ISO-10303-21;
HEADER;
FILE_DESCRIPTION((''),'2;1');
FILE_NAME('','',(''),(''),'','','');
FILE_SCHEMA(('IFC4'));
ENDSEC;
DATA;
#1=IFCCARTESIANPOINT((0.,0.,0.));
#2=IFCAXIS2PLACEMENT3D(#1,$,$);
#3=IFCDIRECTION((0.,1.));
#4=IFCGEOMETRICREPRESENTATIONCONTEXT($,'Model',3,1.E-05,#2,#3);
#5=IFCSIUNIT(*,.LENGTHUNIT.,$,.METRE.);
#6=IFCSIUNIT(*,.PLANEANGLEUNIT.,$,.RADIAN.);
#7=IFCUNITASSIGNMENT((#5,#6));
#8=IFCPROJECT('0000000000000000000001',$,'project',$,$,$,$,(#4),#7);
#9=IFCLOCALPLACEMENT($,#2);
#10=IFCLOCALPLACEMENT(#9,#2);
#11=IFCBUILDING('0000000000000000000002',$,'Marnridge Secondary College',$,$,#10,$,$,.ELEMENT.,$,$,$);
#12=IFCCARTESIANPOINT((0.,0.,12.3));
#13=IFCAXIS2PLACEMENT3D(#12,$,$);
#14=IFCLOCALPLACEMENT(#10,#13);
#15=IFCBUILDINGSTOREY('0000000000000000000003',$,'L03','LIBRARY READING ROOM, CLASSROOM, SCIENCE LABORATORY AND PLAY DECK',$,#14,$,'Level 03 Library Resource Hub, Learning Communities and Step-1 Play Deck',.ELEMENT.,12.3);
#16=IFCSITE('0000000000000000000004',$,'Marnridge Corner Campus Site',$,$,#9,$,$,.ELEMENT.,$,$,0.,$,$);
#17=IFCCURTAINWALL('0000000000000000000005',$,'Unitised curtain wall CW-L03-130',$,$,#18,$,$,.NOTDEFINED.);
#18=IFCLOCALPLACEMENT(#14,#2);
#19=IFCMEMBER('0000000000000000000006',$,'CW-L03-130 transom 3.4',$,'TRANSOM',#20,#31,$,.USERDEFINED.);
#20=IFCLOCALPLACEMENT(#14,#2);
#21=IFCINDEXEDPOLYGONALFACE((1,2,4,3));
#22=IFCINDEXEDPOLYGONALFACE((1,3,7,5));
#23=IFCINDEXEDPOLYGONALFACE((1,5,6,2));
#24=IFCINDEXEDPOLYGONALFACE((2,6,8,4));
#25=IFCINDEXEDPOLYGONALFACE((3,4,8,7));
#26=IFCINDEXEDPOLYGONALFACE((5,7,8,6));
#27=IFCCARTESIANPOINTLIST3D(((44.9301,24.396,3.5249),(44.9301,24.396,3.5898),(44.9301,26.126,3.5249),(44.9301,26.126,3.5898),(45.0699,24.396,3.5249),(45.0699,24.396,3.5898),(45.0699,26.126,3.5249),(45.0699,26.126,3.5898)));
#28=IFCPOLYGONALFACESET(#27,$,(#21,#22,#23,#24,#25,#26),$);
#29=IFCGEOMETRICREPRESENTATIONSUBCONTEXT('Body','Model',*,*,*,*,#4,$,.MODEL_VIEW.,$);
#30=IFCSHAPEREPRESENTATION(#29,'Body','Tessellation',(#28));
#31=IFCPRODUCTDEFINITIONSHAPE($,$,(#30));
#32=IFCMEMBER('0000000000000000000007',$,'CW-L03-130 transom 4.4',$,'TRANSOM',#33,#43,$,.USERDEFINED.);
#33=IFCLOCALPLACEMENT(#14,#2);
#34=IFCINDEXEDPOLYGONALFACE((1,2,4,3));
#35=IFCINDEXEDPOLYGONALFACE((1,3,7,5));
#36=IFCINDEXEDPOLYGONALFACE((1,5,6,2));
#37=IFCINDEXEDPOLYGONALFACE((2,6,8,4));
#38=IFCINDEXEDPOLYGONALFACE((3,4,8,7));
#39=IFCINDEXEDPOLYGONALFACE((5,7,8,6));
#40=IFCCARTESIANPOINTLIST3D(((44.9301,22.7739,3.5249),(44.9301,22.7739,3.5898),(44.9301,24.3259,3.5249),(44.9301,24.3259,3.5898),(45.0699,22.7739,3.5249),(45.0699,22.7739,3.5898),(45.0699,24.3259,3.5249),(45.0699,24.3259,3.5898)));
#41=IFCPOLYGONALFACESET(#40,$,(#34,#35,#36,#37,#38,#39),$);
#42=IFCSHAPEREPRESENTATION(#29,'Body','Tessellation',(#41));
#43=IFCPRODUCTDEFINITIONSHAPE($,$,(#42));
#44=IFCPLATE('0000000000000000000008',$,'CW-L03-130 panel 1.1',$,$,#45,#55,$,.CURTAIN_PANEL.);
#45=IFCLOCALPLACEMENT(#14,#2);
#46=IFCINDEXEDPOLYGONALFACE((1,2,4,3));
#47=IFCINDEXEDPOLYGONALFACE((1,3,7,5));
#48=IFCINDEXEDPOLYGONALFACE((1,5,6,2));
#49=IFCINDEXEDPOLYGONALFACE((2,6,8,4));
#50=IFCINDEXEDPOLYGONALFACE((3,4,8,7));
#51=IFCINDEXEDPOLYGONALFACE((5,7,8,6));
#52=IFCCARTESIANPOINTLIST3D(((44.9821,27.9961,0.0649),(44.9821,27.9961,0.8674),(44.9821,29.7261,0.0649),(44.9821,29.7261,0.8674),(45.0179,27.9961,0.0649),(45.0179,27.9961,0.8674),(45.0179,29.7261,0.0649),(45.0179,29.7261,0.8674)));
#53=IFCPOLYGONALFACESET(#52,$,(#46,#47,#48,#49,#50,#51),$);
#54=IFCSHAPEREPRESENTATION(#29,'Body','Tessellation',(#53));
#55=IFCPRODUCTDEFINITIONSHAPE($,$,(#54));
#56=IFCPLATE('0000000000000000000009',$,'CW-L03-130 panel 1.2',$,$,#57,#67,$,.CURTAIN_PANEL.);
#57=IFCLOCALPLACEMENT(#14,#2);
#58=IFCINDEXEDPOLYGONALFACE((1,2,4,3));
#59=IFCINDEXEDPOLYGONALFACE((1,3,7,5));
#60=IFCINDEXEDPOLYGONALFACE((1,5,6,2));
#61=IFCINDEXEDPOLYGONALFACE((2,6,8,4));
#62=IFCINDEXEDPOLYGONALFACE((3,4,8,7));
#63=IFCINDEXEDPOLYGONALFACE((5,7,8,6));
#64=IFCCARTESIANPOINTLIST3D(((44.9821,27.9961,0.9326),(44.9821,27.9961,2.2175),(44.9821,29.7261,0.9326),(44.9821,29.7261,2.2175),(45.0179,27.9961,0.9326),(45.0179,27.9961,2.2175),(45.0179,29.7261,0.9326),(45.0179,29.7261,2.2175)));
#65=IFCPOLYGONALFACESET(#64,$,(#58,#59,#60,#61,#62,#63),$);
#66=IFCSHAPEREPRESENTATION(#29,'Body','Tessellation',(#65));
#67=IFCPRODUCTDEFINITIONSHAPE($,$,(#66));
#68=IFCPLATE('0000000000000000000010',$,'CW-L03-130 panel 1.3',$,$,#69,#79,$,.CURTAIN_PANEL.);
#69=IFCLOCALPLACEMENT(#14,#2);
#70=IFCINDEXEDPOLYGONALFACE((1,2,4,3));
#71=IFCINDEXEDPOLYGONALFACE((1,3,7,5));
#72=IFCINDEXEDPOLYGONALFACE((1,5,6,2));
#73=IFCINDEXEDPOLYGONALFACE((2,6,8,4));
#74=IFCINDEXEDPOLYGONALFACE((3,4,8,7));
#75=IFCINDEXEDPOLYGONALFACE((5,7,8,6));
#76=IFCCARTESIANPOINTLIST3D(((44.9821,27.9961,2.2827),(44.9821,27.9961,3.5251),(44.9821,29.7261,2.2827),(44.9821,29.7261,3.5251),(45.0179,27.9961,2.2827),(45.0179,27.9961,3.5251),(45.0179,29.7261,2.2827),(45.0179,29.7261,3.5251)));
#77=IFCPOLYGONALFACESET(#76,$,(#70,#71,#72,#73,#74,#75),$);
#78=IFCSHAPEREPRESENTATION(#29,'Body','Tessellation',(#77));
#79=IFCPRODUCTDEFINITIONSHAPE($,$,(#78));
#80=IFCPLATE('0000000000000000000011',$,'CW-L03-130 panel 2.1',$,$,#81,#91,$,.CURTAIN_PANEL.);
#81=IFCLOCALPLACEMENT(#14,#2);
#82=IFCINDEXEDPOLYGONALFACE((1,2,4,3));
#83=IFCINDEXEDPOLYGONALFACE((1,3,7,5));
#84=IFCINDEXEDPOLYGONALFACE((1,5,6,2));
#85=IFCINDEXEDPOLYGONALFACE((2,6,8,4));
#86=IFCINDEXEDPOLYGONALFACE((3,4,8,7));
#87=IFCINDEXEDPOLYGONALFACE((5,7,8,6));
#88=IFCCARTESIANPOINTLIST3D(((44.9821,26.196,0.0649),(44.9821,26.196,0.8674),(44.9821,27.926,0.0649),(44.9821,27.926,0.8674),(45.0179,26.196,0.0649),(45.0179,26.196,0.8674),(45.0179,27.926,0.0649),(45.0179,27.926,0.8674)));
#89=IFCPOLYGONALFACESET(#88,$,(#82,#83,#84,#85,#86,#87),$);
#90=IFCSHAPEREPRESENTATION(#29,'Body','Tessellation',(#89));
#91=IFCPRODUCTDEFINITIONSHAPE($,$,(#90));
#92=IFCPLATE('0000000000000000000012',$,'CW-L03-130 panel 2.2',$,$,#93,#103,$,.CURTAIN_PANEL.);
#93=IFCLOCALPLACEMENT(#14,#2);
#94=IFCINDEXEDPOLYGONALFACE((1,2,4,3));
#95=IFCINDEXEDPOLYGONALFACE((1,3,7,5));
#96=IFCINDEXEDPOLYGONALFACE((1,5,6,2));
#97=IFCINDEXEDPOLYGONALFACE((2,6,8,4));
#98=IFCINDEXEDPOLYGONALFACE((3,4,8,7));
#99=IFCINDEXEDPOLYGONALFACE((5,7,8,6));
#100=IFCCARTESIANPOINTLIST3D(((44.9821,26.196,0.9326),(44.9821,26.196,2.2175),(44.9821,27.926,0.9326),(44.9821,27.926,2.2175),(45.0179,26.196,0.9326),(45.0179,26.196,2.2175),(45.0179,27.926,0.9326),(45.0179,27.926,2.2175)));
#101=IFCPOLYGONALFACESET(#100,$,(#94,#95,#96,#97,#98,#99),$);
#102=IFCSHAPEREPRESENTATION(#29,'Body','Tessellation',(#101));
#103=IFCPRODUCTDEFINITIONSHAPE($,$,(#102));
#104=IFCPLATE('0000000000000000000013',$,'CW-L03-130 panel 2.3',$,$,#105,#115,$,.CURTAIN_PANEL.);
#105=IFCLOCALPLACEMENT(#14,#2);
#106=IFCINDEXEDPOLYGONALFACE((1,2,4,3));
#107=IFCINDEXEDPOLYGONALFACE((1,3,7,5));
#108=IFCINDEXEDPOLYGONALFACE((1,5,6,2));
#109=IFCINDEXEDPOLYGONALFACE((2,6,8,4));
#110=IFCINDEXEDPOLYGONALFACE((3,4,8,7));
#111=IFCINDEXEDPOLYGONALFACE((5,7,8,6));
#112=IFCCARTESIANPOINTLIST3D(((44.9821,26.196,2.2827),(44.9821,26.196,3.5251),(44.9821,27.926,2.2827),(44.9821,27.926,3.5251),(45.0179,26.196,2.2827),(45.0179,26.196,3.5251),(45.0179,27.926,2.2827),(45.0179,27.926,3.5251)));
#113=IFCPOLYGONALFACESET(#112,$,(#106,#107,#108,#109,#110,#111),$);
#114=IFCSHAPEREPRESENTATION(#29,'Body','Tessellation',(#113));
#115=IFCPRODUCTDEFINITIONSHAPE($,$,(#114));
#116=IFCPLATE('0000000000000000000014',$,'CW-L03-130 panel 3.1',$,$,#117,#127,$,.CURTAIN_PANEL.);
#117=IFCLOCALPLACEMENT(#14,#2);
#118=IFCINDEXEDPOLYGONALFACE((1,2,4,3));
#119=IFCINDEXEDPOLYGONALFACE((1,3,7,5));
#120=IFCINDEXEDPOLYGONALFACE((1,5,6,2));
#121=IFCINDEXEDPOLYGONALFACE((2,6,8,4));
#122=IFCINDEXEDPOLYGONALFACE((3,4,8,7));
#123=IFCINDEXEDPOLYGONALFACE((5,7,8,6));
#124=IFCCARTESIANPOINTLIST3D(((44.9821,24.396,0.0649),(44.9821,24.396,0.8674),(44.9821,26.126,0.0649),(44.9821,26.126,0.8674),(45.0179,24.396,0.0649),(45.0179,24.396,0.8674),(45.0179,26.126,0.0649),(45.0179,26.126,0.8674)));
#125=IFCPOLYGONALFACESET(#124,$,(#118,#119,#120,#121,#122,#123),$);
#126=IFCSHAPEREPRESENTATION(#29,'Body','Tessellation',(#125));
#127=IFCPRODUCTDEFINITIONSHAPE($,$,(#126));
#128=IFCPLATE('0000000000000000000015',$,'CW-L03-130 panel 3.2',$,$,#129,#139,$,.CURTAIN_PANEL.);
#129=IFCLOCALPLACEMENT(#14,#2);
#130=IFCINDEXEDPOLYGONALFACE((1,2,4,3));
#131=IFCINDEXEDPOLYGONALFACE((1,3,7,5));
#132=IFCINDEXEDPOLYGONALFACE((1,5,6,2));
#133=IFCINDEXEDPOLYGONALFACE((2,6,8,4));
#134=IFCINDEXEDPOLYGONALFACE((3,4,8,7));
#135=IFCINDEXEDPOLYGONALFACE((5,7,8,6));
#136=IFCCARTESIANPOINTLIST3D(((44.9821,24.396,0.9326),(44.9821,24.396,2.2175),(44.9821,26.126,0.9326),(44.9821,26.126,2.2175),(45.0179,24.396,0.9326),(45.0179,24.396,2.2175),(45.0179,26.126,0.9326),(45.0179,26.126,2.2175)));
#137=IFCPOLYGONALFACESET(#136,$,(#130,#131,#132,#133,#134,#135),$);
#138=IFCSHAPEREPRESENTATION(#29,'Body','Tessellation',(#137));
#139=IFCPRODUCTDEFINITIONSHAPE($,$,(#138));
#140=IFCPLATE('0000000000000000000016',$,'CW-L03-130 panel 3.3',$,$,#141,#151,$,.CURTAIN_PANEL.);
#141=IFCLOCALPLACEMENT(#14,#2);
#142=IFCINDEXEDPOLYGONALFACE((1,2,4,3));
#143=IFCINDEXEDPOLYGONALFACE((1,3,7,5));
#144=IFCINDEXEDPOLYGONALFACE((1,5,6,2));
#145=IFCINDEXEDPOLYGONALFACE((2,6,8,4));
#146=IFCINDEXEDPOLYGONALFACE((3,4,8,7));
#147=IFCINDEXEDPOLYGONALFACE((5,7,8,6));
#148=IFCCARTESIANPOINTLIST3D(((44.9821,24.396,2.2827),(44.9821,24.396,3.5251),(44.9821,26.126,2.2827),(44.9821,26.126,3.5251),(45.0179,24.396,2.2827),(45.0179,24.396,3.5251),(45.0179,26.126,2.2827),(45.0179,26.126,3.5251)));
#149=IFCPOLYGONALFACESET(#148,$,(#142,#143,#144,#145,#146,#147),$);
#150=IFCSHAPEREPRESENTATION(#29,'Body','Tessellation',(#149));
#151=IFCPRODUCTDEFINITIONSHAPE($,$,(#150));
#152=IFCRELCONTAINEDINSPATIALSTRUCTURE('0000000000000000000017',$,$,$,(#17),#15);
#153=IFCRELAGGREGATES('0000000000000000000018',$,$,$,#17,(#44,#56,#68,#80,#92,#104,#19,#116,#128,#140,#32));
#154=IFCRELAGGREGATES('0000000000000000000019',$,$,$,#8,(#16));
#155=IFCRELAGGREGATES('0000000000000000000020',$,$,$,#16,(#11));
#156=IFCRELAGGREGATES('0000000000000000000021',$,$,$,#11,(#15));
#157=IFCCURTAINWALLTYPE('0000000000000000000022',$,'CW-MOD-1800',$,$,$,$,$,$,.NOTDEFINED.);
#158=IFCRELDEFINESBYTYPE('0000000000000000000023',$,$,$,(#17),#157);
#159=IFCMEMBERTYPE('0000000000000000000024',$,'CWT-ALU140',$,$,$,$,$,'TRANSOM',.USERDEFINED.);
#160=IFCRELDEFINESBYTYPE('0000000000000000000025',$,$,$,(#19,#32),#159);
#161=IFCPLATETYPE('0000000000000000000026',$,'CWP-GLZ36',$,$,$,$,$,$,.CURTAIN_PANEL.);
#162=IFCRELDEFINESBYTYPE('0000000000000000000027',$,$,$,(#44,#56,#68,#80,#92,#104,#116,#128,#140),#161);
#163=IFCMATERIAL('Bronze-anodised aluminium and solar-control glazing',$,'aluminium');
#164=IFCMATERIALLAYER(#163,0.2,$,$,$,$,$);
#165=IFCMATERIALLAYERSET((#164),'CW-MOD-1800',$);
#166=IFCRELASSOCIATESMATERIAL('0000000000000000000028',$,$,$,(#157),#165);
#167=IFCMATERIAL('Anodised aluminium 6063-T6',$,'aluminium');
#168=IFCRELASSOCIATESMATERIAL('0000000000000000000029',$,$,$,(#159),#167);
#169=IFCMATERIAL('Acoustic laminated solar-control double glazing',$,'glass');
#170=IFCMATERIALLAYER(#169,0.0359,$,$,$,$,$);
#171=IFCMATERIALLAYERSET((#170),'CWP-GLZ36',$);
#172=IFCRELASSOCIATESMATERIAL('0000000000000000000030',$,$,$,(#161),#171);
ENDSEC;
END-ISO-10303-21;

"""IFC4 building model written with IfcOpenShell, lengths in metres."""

from ifc_helpers import new_model, si_unit, direction, frame, origin, origin_2d, place, context, subcontext, project, spatial, rectangle, extrude, material, layer, layer_set, material_profile, profile_set, type_object, element, aggregate, save


model = new_model("IFC4")

# Units and contexts
model_context = context("Model", 3, precision=1e-05, world=origin(), true_north=direction((0.0, 1.0)))
body_context = subcontext(model_context, "Body", "Model", "MODEL_VIEW")
ifc_project = project(units=[si_unit("LENGTHUNIT", "METRE"), si_unit("PLANEANGLEUNIT", "RADIAN")], contexts=[model_context])

# Site, building, storey
site_placement = place(None, origin())
site = spatial("IfcSite", under=ifc_project, at=site_placement, Name="Marnridge Corner Campus Site", CompositionType="ELEMENT", RefElevation=0.0)
building_placement = place(site_placement, origin())
building = spatial("IfcBuilding", under=site, at=building_placement, Name="Marnridge Secondary College", CompositionType="ELEMENT")
storey_placement = place(building_placement, frame((0.0, 0.0, 12.3)))
storey = spatial("IfcBuildingStorey", under=building, at=storey_placement, Name="L03", Description="LIBRARY READING ROOM, CLASSROOM, SCIENCE LABORATORY AND PLAY DECK", LongName="Level 03 Library Resource Hub, Learning Communities and Step-1 Play Deck", CompositionType="ELEMENT", Elevation=12.3)

# Curtain wall, members, plates
ifc_material_1 = material(Name="Bronze-anodised aluminium and solar-control glazing", Category="aluminium")
ifc_layer_1 = layer(ifc_material_1, 0.2)
ifc_layer_set_1 = layer_set([ifc_layer_1], Name="CW-MOD-1800")
curtain_wall_type = type_object("IfcCurtainWallType", Name="CW-MOD-1800", PredefinedType="NOTDEFINED", material=ifc_layer_set_1)
curtain_wall_placement = place(storey_placement, origin())
curtain_wall = element("IfcCurtainWall", 1, at=curtain_wall_placement, inside=storey, type_object=curtain_wall_type, Name="Unitised curtain wall CW-L03-130", PredefinedType="NOTDEFINED")
ifc_material_2 = material(Name="Anodised aluminium 6063-T6", Category="aluminium")
ifc_material_profile_1 = material_profile(ifc_material_2, rectangle(XDim=0.0649, YDim=0.1399, at=origin_2d()), Name="ALU 65x140")
ifc_profile_set_1 = profile_set([ifc_material_profile_1], Name="Anodised aluminium 6063-T6")
member_type_1 = type_object("IfcMemberType", Name="CWT-ALU140", ElementType="TRANSOM", PredefinedType="USERDEFINED", material=ifc_profile_set_1)
member_1_placement = place(storey_placement, frame((45.0, 26.126, 3.5574), z_axis=(0.0, -1.0, 0.0), x_axis=(0.0, 0.0, 1.0)))
member_1 = element("IfcMember", 2, at=member_1_placement, type_object=member_type_1, Name="CW-L03-130 transom 3.4", ObjectType="TRANSOM", PredefinedType="USERDEFINED", context=body_context, shape_type="SweptSolid", body=[
    extrude(rectangle(XDim=0.0649, YDim=0.1399, at=origin_2d()), origin(), (0.0, 0.0, 1.0), 1.73),
])
member_2_placement = place(storey_placement, frame((45.0, 24.3259, 3.5574), z_axis=(0.0, -1.0, 0.0), x_axis=(0.0, 0.0, 1.0)))
member_2 = element("IfcMember", 3, at=member_2_placement, type_object=member_type_1, Name="CW-L03-130 transom 4.4", ObjectType="TRANSOM", PredefinedType="USERDEFINED", context=body_context, shape_type="SweptSolid", body=[
    extrude(rectangle(XDim=0.0649, YDim=0.1399, at=origin_2d()), origin(), (0.0, 0.0, 1.0), 1.552),
])
ifc_material_3 = material(Name="Acoustic laminated solar-control double glazing", Category="glass")
ifc_layer_2 = layer(ifc_material_3, 0.0359)
ifc_layer_set_2 = layer_set([ifc_layer_2], Name="CWP-GLZ36")
plate_type = type_object("IfcPlateType", Name="CWP-GLZ36", PredefinedType="CURTAIN_PANEL", material=ifc_layer_set_2)
plate_1_placement = place(storey_placement, frame((45.0, 28.8611, 0.0649), z_axis=(0.0, 0.0, 1.0), x_axis=(0.0, -1.0, 0.0)))
plate_1 = element("IfcPlate", 4, at=plate_1_placement, type_object=plate_type, Name="CW-L03-130 panel 1.1", PredefinedType="CURTAIN_PANEL", context=body_context, shape_type="SweptSolid", body=[
    extrude(rectangle(XDim=1.73, YDim=0.0359, at=origin_2d()), origin(), (0.0, 0.0, 1.0), 0.8025),
])
plate_2_placement = place(storey_placement, frame((45.0, 28.8611, 0.9326), z_axis=(0.0, 0.0, 1.0), x_axis=(0.0, -1.0, 0.0)))
plate_2 = element("IfcPlate", 5, at=plate_2_placement, type_object=plate_type, Name="CW-L03-130 panel 1.2", PredefinedType="CURTAIN_PANEL", context=body_context, shape_type="SweptSolid", body=[
    extrude(rectangle(XDim=1.73, YDim=0.0359, at=origin_2d()), origin(), (0.0, 0.0, 1.0), 1.2849),
])
plate_3_placement = place(storey_placement, frame((45.0, 28.8611, 2.2827), z_axis=(0.0, 0.0, 1.0), x_axis=(0.0, -1.0, 0.0)))
plate_3 = element("IfcPlate", 6, at=plate_3_placement, type_object=plate_type, Name="CW-L03-130 panel 1.3", PredefinedType="CURTAIN_PANEL", context=body_context, shape_type="SweptSolid", body=[
    extrude(rectangle(XDim=1.73, YDim=0.0359, at=origin_2d()), origin(), (0.0, 0.0, 1.0), 1.2424),
])
plate_4_placement = place(storey_placement, frame((45.0, 27.061, 0.0649), z_axis=(0.0, 0.0, 1.0), x_axis=(0.0, -1.0, 0.0)))
plate_4 = element("IfcPlate", 7, at=plate_4_placement, type_object=plate_type, Name="CW-L03-130 panel 2.1", PredefinedType="CURTAIN_PANEL", context=body_context, shape_type="SweptSolid", body=[
    extrude(rectangle(XDim=1.73, YDim=0.0359, at=origin_2d()), origin(), (0.0, 0.0, 1.0), 0.8025),
])
plate_5_placement = place(storey_placement, frame((45.0, 27.061, 0.9326), z_axis=(0.0, 0.0, 1.0), x_axis=(0.0, -1.0, 0.0)))
plate_5 = element("IfcPlate", 8, at=plate_5_placement, type_object=plate_type, Name="CW-L03-130 panel 2.2", PredefinedType="CURTAIN_PANEL", context=body_context, shape_type="SweptSolid", body=[
    extrude(rectangle(XDim=1.73, YDim=0.0359, at=origin_2d()), origin(), (0.0, 0.0, 1.0), 1.2849),
])
plate_6_placement = place(storey_placement, frame((45.0, 27.061, 2.2827), z_axis=(0.0, 0.0, 1.0), x_axis=(0.0, -1.0, 0.0)))
plate_6 = element("IfcPlate", 9, at=plate_6_placement, type_object=plate_type, Name="CW-L03-130 panel 2.3", PredefinedType="CURTAIN_PANEL", context=body_context, shape_type="SweptSolid", body=[
    extrude(rectangle(XDim=1.73, YDim=0.0359, at=origin_2d()), origin(), (0.0, 0.0, 1.0), 1.2424),
])
plate_7_placement = place(storey_placement, frame((45.0, 25.261, 0.0649), z_axis=(0.0, 0.0, 1.0), x_axis=(0.0, -1.0, 0.0)))
plate_7 = element("IfcPlate", 10, at=plate_7_placement, type_object=plate_type, Name="CW-L03-130 panel 3.1", PredefinedType="CURTAIN_PANEL", context=body_context, shape_type="SweptSolid", body=[
    extrude(rectangle(XDim=1.73, YDim=0.0359, at=origin_2d()), origin(), (0.0, 0.0, 1.0), 0.8025),
])
plate_8_placement = place(storey_placement, frame((45.0, 25.261, 0.9326), z_axis=(0.0, 0.0, 1.0), x_axis=(0.0, -1.0, 0.0)))
plate_8 = element("IfcPlate", 11, at=plate_8_placement, type_object=plate_type, Name="CW-L03-130 panel 3.2", PredefinedType="CURTAIN_PANEL", context=body_context, shape_type="SweptSolid", body=[
    extrude(rectangle(XDim=1.73, YDim=0.0359, at=origin_2d()), origin(), (0.0, 0.0, 1.0), 1.2849),
])
plate_9_placement = place(storey_placement, frame((45.0, 25.261, 2.2827), z_axis=(0.0, 0.0, 1.0), x_axis=(0.0, -1.0, 0.0)))
plate_9 = element("IfcPlate", 12, at=plate_9_placement, type_object=plate_type, Name="CW-L03-130 panel 3.3", PredefinedType="CURTAIN_PANEL", context=body_context, shape_type="SweptSolid", body=[
    extrude(rectangle(XDim=1.73, YDim=0.0359, at=origin_2d()), origin(), (0.0, 0.0, 1.0), 1.2424),
])
aggregate(curtain_wall, [plate_1, plate_2, plate_3, plate_4, plate_5, plate_6, member_1, plate_7, plate_8, plate_9, member_2])

save(model, "model.ifc")
